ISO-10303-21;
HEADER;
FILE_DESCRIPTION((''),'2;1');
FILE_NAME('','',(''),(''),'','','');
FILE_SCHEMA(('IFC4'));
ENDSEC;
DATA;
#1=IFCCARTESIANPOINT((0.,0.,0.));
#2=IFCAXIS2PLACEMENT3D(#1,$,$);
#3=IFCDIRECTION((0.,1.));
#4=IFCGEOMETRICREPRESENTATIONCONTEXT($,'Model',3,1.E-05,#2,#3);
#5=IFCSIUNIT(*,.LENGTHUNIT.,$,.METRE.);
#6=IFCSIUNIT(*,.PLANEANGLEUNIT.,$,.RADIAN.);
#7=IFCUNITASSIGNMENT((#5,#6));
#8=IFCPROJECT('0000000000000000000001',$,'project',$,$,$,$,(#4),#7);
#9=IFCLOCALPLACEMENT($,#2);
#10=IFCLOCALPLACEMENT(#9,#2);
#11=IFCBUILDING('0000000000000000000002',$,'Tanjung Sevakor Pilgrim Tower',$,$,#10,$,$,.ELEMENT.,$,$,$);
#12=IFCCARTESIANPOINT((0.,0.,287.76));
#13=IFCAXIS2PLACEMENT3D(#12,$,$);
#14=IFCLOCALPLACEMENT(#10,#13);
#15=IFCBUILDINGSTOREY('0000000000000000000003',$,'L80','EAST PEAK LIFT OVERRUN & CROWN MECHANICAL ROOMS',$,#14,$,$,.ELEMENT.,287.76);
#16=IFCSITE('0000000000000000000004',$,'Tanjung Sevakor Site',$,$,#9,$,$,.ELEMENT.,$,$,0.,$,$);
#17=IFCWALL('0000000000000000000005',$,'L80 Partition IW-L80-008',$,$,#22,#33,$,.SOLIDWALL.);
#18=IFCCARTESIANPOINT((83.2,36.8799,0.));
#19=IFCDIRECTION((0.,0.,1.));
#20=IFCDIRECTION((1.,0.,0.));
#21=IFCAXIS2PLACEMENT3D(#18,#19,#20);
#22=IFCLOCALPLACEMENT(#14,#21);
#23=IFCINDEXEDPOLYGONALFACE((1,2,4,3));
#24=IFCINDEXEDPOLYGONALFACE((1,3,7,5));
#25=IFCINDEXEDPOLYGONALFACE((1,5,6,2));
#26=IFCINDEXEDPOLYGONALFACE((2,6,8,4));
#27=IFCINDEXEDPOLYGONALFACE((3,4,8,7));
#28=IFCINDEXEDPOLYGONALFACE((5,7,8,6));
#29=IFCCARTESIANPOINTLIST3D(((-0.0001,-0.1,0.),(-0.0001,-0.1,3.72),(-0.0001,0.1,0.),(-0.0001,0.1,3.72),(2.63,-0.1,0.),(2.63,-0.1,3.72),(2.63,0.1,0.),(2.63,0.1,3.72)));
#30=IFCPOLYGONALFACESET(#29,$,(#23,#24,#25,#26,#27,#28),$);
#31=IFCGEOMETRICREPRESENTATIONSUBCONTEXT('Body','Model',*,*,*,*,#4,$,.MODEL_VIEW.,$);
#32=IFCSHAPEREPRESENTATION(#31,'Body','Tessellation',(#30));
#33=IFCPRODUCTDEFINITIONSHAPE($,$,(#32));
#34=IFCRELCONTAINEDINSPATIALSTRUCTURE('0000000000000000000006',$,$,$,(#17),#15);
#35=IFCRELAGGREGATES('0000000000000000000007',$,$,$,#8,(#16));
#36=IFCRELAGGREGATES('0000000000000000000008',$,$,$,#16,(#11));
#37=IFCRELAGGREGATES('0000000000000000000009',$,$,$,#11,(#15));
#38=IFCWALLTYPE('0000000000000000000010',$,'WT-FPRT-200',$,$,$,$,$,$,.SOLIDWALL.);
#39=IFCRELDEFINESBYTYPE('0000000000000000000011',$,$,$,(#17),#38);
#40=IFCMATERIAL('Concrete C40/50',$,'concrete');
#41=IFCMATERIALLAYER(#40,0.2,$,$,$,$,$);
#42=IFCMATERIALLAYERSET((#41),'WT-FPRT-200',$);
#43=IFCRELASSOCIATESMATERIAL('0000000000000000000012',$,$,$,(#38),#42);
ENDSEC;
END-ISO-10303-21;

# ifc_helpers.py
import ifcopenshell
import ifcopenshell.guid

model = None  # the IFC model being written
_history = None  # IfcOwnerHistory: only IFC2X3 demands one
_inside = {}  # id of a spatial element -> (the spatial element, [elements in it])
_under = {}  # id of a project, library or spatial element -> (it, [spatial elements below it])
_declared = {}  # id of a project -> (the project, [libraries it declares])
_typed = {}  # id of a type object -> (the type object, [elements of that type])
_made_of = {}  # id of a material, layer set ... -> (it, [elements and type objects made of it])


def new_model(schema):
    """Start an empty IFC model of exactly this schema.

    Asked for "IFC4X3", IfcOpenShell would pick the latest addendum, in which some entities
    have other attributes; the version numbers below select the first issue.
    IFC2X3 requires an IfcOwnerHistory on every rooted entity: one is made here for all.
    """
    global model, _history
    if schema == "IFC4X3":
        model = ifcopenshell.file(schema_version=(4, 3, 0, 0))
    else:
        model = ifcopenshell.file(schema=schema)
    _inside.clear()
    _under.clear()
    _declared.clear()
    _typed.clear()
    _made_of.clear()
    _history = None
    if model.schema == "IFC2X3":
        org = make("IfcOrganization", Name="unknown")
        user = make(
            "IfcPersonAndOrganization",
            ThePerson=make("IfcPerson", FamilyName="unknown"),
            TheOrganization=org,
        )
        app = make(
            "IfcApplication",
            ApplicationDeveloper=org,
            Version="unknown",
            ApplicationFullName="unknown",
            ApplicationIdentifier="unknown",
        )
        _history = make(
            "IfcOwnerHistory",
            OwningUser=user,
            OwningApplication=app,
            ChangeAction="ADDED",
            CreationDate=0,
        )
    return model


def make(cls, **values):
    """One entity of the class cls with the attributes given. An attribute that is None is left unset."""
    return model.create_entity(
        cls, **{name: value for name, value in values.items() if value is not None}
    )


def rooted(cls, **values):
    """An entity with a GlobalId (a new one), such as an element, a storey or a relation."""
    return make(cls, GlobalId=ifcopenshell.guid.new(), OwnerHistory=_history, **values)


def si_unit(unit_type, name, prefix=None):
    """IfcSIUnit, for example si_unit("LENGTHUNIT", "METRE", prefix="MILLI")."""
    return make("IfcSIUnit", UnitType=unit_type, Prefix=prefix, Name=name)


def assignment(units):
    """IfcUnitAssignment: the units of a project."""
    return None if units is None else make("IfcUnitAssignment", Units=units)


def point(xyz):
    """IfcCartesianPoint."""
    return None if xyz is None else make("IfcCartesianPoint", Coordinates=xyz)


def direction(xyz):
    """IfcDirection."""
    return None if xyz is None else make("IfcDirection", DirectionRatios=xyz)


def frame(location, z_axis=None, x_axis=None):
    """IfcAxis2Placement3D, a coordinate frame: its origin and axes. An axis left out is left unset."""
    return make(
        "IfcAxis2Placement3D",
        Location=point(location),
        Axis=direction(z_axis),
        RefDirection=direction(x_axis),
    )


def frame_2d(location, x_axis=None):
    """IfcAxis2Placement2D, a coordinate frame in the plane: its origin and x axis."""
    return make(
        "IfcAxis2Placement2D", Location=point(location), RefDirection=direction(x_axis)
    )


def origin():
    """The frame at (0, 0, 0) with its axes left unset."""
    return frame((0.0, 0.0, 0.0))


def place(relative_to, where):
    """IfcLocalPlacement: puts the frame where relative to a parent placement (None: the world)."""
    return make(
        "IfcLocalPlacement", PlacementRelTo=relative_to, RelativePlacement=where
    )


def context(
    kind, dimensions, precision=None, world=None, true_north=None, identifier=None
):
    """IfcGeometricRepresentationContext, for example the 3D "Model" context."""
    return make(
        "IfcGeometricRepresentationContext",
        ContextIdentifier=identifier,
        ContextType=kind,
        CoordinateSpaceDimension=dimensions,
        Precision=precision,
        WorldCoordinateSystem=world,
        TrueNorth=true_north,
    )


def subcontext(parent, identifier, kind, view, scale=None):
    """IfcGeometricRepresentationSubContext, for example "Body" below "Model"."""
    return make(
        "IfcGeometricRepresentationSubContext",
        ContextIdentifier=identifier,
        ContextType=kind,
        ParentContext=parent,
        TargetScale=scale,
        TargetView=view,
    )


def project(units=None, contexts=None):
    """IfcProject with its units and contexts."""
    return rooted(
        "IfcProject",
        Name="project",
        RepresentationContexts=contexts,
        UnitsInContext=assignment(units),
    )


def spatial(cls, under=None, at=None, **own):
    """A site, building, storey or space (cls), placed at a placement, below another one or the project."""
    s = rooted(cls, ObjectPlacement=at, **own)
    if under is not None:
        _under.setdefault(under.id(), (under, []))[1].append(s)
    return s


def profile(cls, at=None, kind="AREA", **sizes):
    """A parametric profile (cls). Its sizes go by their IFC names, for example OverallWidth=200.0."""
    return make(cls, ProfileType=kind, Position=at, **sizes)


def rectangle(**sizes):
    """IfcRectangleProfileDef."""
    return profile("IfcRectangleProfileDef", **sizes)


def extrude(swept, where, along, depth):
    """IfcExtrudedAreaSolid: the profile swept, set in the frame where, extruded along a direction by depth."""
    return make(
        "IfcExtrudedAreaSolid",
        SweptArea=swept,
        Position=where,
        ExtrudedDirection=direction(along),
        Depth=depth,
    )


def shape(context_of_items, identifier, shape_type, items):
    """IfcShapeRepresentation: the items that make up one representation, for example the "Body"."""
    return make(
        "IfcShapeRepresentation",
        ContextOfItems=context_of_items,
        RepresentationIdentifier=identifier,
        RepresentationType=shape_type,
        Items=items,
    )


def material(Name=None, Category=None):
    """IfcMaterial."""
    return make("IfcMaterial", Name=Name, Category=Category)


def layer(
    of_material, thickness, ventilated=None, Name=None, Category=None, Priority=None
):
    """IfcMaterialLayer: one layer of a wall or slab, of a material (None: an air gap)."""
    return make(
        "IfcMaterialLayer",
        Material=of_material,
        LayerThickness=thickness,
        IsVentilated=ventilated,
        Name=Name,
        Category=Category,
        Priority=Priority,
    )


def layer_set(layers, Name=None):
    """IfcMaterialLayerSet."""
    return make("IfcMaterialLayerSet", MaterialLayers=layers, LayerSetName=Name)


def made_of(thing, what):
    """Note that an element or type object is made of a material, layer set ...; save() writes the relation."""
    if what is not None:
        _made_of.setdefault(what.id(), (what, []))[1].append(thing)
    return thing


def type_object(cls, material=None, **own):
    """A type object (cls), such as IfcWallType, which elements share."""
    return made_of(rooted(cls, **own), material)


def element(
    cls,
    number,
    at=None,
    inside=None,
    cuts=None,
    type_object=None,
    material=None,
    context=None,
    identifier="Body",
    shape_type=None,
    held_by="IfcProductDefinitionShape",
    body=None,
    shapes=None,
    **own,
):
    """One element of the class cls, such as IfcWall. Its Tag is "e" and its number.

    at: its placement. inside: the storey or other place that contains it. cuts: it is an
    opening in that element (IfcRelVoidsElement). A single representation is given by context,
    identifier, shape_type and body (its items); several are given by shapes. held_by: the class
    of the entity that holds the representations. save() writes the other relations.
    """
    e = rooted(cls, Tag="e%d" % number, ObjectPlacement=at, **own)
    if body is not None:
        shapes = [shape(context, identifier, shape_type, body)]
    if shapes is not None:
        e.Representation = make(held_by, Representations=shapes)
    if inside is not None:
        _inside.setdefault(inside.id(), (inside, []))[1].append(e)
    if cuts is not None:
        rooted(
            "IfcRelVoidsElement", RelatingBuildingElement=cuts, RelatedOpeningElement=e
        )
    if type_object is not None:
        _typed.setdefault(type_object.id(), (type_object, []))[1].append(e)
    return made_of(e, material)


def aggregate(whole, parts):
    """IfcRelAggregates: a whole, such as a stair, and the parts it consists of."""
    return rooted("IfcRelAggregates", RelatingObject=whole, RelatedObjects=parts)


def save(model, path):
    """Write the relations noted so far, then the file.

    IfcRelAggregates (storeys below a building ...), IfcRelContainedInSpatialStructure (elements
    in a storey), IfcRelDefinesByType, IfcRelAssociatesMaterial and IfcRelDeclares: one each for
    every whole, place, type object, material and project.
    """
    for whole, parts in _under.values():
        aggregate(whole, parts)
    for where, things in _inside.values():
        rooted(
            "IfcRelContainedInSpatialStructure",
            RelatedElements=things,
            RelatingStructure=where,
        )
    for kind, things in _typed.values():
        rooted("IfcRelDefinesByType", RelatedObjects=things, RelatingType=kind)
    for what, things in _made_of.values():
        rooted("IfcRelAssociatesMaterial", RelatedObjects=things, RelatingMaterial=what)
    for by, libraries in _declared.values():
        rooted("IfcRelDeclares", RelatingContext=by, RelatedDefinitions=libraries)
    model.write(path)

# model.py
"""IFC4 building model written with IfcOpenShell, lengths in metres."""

from ifc_helpers import new_model, si_unit, direction, frame, frame_2d, origin, place, context, subcontext, project, spatial, rectangle, extrude, material, layer, layer_set, type_object, element, save


model = new_model("IFC4")

# Units and contexts
model_context = context("Model", 3, precision=1e-05, world=origin(), true_north=direction((0.0, 1.0)))
body_context = subcontext(model_context, "Body", "Model", "MODEL_VIEW")
ifc_project = project(units=[si_unit("LENGTHUNIT", "METRE"), si_unit("PLANEANGLEUNIT", "RADIAN")], contexts=[model_context])

# Site, building, storey
site_placement = place(None, origin())
site = spatial("IfcSite", under=ifc_project, at=site_placement, Name="Tanjung Sevakor Site", CompositionType="ELEMENT", RefElevation=0.0)
building_placement = place(site_placement, origin())
building = spatial("IfcBuilding", under=site, at=building_placement, Name="Tanjung Sevakor Pilgrim Tower", CompositionType="ELEMENT")
storey_placement = place(building_placement, frame((0.0, 0.0, 287.76)))
storey = spatial("IfcBuildingStorey", under=building, at=storey_placement, Name="L80", Description="EAST PEAK LIFT OVERRUN & CROWN MECHANICAL ROOMS", CompositionType="ELEMENT", Elevation=287.76)

# Wall
ifc_material_1 = material(Name="Concrete C40/50", Category="concrete")
ifc_layer_1 = layer(ifc_material_1, 0.2)
ifc_layer_set_1 = layer_set([ifc_layer_1], Name="WT-FPRT-200")
wall_type_1 = type_object("IfcWallType", Name="WT-FPRT-200", PredefinedType="SOLIDWALL", material=ifc_layer_set_1)
wall_1_placement = place(storey_placement, frame((83.2, 36.8799, 0.0), z_axis=(0.0, 0.0, 1.0), x_axis=(1.0, 0.0, 0.0)))
element("IfcWall", 1, at=wall_1_placement, inside=storey, type_object=wall_type_1, Name="L80 Partition IW-L80-008", PredefinedType="SOLIDWALL", context=body_context, shape_type="SweptSolid", body=[
    extrude(rectangle(XDim=2.6301, YDim=0.2, at=frame_2d((1.3149, 0.0))), origin(), (0.0, 0.0, 1.0), 3.72),
])

save(model, "model.ifc")
